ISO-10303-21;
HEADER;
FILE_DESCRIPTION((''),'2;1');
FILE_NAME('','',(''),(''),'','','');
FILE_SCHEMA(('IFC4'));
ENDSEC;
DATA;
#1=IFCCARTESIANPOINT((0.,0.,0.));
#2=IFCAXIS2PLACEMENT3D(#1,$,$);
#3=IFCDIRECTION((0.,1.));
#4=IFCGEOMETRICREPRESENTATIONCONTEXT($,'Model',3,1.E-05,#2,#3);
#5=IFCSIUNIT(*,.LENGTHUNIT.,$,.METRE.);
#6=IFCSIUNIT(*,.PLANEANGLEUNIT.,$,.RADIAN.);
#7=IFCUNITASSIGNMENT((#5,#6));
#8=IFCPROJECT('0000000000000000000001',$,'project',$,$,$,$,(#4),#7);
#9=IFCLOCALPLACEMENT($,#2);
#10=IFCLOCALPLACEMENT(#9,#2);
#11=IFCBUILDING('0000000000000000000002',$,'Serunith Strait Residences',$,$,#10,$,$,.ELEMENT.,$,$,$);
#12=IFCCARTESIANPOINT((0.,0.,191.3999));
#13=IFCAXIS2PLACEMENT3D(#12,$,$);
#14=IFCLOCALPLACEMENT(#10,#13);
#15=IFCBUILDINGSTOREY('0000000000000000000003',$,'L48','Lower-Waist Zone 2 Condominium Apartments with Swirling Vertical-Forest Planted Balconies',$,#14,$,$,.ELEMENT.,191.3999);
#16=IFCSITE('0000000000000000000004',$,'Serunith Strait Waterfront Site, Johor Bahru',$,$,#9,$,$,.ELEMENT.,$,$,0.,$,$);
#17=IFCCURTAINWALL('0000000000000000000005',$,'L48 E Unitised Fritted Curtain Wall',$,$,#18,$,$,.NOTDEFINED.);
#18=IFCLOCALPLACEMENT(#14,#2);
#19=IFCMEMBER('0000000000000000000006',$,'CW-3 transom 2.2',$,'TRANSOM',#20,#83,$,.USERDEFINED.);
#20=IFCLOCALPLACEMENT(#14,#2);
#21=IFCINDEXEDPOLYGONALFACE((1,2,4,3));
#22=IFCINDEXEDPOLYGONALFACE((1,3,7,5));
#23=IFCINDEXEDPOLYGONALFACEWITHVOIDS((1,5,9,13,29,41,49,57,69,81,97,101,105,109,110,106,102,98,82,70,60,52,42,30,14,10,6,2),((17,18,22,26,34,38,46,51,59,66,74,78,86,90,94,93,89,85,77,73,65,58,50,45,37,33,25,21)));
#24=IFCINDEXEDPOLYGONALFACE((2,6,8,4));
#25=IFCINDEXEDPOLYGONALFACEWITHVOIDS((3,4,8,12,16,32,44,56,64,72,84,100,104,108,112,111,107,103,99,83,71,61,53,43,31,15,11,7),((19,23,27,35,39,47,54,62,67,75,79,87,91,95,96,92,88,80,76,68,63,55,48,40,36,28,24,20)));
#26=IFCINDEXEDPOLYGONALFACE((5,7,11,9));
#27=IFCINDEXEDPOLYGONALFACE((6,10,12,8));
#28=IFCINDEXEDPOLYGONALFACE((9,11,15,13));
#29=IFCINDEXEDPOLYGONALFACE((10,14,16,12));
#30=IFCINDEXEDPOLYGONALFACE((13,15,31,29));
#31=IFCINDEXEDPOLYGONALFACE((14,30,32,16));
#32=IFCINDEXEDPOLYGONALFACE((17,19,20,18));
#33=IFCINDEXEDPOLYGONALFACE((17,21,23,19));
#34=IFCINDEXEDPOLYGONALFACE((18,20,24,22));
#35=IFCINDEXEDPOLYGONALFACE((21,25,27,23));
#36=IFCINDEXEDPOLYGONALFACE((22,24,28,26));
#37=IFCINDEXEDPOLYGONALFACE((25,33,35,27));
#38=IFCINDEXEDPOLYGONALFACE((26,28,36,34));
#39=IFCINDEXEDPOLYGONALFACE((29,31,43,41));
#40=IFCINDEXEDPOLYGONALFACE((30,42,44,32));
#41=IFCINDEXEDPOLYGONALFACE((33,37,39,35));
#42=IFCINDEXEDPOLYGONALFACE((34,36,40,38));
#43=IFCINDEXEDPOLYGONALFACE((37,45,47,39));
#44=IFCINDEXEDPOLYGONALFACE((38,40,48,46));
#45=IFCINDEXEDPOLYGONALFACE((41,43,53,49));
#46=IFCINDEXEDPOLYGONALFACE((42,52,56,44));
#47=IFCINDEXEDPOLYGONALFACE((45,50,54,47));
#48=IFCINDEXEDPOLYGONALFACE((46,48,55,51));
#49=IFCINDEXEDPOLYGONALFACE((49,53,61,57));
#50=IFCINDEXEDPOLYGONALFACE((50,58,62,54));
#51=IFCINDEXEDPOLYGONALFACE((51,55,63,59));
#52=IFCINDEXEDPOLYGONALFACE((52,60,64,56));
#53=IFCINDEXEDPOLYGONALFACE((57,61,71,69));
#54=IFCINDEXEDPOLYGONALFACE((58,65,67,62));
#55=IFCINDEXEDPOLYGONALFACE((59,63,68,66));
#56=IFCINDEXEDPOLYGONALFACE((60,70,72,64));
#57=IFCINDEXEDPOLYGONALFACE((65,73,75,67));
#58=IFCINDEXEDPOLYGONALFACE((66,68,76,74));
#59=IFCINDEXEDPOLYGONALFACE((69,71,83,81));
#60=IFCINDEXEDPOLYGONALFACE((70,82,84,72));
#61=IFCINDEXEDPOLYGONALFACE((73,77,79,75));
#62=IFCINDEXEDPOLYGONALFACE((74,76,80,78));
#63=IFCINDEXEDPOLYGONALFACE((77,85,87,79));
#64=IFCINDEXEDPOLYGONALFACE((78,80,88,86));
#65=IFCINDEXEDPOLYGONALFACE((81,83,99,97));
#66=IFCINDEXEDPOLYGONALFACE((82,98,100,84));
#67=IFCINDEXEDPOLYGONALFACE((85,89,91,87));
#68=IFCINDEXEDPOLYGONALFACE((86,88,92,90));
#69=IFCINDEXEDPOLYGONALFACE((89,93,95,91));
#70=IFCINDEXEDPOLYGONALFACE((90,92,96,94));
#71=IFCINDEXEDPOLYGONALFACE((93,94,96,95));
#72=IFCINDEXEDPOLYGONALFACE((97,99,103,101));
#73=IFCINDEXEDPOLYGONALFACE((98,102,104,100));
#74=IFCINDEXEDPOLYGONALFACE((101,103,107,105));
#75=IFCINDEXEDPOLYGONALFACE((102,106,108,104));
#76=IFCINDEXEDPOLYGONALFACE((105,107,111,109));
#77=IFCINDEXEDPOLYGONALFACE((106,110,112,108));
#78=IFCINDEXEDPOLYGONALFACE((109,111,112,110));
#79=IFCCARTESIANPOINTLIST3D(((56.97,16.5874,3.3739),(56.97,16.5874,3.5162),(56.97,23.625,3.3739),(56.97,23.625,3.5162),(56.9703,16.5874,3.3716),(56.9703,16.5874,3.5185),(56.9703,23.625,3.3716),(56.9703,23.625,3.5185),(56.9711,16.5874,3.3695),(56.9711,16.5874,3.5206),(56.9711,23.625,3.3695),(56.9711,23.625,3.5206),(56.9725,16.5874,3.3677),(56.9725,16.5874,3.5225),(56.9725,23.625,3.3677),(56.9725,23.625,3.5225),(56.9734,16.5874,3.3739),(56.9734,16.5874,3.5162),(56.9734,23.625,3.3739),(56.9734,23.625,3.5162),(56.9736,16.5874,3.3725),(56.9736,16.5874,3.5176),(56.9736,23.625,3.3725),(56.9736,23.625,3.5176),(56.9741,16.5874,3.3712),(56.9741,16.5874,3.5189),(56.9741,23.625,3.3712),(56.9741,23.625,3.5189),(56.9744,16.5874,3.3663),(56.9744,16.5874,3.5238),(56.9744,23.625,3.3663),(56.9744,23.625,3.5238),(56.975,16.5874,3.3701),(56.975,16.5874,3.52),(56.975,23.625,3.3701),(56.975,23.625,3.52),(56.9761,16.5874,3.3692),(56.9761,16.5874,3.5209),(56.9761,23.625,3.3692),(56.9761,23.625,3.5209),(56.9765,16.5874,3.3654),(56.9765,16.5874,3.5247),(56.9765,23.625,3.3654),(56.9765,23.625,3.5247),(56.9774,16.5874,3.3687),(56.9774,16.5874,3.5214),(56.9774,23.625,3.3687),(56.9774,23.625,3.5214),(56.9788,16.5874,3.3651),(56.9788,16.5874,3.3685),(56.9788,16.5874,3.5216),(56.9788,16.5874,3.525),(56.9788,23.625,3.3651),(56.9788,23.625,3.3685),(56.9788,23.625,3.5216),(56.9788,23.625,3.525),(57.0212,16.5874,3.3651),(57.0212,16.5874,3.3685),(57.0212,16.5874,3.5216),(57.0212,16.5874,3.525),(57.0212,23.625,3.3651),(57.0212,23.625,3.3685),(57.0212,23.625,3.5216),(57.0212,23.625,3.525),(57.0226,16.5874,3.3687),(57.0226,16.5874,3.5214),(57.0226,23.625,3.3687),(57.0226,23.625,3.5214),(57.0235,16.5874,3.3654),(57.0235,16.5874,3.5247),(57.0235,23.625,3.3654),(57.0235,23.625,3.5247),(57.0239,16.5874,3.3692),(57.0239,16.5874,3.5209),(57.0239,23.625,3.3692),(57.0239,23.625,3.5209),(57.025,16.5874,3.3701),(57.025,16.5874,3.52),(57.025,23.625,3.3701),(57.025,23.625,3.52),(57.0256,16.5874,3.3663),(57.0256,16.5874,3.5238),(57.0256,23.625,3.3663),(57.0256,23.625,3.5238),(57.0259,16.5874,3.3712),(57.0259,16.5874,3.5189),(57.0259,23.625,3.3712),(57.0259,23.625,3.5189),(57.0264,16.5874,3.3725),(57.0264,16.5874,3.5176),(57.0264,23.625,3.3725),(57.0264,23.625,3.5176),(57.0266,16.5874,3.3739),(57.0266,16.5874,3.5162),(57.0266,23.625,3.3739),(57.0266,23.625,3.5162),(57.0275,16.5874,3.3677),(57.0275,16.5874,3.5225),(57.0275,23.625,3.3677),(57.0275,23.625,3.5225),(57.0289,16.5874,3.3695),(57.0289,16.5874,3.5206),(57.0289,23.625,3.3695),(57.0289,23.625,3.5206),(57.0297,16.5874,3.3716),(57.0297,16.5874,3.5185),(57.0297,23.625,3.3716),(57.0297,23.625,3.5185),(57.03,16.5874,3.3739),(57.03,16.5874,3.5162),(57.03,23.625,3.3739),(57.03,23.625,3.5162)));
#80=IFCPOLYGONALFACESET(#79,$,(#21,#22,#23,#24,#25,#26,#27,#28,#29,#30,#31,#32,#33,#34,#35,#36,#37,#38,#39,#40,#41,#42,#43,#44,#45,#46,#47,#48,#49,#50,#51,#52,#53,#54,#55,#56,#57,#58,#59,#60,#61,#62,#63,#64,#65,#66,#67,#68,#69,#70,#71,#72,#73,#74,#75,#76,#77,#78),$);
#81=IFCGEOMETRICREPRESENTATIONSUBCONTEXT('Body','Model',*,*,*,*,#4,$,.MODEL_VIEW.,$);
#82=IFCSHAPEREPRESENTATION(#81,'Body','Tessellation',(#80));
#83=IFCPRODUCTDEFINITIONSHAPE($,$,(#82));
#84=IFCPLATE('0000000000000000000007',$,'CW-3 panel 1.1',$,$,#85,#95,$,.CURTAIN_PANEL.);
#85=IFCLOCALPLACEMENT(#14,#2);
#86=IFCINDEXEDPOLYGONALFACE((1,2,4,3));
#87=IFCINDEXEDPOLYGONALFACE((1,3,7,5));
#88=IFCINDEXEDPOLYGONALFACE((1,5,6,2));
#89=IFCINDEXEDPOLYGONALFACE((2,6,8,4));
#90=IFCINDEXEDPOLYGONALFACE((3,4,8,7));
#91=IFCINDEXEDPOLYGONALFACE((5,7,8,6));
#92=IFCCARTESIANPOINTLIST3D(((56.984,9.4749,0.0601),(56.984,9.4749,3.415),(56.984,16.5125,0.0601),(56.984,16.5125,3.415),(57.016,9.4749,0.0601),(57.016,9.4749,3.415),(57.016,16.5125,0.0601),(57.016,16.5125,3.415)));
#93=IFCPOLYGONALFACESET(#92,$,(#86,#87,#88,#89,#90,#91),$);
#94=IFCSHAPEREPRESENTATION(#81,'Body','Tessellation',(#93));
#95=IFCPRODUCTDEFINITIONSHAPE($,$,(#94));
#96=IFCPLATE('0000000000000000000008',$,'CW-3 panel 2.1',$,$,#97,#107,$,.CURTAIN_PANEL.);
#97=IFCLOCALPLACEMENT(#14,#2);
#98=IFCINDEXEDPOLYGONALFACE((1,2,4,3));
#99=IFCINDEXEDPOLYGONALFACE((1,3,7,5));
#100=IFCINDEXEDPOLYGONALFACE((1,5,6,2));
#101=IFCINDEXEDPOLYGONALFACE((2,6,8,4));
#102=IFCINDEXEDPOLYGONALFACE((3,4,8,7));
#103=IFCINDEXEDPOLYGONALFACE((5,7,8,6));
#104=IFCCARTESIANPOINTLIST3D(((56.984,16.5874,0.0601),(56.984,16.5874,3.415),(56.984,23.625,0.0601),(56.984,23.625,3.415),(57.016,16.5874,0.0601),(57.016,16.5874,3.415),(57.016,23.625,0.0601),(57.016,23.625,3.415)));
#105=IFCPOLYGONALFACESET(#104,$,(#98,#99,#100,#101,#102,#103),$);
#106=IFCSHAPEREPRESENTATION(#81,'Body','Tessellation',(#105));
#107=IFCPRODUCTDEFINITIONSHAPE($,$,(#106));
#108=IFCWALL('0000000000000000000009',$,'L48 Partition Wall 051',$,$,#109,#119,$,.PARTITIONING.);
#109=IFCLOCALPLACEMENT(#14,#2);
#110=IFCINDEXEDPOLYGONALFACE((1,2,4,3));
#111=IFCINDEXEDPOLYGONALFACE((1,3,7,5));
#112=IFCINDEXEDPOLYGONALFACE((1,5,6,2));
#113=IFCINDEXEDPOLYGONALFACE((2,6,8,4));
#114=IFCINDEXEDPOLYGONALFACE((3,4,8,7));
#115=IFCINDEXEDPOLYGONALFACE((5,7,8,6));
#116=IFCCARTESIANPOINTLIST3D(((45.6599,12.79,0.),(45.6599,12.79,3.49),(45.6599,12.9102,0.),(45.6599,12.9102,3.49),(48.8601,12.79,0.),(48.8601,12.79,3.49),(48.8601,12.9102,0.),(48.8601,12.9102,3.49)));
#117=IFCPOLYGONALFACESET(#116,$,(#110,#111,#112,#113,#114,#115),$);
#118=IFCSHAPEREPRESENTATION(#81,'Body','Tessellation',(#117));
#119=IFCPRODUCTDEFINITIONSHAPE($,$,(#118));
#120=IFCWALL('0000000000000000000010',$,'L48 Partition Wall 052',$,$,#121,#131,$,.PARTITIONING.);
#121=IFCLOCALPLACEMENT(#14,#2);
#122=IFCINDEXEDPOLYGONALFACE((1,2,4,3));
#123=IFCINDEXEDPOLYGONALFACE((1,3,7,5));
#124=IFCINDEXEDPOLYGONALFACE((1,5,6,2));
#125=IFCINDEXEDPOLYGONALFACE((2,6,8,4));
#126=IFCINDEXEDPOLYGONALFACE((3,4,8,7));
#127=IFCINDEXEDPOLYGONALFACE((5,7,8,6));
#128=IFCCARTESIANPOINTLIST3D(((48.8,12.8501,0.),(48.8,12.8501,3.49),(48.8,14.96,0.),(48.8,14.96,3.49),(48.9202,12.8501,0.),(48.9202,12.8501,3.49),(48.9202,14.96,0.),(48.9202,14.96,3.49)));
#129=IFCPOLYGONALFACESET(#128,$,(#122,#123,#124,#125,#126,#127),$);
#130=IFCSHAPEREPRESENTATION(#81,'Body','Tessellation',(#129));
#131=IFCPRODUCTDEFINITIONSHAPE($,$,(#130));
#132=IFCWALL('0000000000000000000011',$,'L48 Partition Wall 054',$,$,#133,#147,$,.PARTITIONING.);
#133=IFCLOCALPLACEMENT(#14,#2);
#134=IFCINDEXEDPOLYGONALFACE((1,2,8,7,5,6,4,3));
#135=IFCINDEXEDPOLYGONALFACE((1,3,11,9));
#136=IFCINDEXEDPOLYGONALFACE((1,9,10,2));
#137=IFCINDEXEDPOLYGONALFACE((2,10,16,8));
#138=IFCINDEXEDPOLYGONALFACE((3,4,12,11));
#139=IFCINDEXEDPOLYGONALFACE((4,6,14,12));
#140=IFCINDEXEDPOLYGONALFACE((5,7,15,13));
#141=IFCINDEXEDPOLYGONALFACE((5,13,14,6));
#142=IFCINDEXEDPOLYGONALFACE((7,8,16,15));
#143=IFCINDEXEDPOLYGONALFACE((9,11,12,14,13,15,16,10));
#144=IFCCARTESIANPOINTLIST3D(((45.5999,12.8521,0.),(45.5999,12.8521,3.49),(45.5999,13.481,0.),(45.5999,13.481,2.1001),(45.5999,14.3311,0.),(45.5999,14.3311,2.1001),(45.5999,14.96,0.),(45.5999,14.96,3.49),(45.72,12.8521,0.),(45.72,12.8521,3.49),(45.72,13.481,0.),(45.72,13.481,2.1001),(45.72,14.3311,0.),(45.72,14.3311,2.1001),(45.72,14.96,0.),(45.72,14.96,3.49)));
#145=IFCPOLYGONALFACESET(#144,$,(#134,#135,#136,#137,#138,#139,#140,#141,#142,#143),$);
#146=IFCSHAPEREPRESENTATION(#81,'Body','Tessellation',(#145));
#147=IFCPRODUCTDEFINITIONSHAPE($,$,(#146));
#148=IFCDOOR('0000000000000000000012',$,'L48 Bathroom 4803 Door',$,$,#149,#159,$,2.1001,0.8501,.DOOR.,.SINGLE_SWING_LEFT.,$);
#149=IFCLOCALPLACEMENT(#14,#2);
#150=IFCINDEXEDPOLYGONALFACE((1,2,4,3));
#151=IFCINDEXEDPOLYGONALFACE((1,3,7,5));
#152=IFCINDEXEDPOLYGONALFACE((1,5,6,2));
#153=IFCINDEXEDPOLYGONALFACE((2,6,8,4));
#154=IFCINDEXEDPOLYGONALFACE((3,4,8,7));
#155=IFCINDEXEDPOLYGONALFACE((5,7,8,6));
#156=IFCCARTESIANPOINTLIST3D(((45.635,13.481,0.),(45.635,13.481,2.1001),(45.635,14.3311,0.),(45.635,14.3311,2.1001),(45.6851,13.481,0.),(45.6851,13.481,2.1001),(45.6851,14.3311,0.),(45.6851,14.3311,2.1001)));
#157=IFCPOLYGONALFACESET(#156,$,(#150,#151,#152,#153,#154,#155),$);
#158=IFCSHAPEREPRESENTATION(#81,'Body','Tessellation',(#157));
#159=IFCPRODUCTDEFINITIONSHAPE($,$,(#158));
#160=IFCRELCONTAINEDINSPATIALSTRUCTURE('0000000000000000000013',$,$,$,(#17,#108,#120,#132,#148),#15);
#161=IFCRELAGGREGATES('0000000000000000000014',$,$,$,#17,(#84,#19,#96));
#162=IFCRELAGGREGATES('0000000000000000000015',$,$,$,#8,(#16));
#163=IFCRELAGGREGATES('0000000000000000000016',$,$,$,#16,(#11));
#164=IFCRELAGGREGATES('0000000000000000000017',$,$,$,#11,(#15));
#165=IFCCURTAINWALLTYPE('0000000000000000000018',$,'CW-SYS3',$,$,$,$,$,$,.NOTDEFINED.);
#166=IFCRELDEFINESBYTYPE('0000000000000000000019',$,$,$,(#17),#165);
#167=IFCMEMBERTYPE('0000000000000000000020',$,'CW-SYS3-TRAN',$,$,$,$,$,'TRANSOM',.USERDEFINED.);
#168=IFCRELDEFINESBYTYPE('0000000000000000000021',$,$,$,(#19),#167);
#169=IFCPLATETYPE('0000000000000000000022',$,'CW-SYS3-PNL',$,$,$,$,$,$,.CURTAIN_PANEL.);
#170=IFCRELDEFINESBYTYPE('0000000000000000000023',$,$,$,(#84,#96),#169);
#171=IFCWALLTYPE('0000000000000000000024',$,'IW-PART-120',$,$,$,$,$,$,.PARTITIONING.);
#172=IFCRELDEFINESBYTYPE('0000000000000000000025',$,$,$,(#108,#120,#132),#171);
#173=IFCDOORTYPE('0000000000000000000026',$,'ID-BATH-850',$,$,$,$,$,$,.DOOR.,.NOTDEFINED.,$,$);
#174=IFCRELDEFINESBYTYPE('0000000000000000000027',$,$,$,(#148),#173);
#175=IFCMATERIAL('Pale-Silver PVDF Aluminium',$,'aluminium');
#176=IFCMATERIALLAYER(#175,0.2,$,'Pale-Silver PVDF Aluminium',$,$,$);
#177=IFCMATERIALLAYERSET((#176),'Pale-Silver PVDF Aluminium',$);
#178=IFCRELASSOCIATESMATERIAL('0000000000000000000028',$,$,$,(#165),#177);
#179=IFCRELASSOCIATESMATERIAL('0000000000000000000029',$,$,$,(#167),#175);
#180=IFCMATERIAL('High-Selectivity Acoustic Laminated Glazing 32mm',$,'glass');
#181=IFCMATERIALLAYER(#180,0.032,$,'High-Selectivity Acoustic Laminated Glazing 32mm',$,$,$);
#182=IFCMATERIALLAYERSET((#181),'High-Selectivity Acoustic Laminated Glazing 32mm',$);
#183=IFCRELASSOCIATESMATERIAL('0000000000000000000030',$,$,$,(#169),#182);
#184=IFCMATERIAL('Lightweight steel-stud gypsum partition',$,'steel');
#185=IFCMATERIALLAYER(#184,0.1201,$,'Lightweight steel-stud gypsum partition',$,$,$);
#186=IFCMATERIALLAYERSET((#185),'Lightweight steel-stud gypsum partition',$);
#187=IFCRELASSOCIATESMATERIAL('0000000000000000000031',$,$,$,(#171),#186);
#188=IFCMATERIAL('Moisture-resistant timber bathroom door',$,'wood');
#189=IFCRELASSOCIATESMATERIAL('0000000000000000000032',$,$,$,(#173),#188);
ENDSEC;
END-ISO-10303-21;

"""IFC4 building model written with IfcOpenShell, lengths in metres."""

from ifc_helpers import new_model, si_unit, direction, frame, frame_2d, origin, origin_2d, place, context, subcontext, project, spatial, rectangle, hollow_rectangle, extrude, source, transform, mapped, material, layer, layer_set, material_profile, profile_set, type_object, element, fill, aggregate, save


model = new_model("IFC4")

# Units and contexts
model_context = context("Model", 3, precision=1e-05, world=origin(), true_north=direction((0.0, 1.0)))
body_context = subcontext(model_context, "Body", "Model", "MODEL_VIEW")
ifc_project = project(units=[si_unit("LENGTHUNIT", "METRE"), si_unit("PLANEANGLEUNIT", "RADIAN")], contexts=[model_context])

# Site, building, storey
site_placement = place(None, origin())
site = spatial("IfcSite", under=ifc_project, at=site_placement, Name="Serunith Strait Waterfront Site, Johor Bahru", CompositionType="ELEMENT", RefElevation=0.0)
building_placement = place(site_placement, origin())
building = spatial("IfcBuilding", under=site, at=building_placement, Name="Serunith Strait Residences", CompositionType="ELEMENT")
storey_placement = place(building_placement, frame((0.0, 0.0, 191.3999)))
storey = spatial("IfcBuildingStorey", under=building, at=storey_placement, Name="L48", Description="Lower-Waist Zone 2 Condominium Apartments with Swirling Vertical-Forest Planted Balconies", CompositionType="ELEMENT", Elevation=191.3999)

# Curtain wall, member, plates
ifc_material_1 = material(Name="Pale-Silver PVDF Aluminium", Category="aluminium")
ifc_layer_1 = layer(ifc_material_1, 0.2, Name="Pale-Silver PVDF Aluminium")
ifc_layer_set_1 = layer_set([ifc_layer_1], Name="Pale-Silver PVDF Aluminium")
curtain_wall_type = type_object("IfcCurtainWallType", Name="CW-SYS3", PredefinedType="NOTDEFINED", material=ifc_layer_set_1)
curtain_wall_placement = place(storey_placement, origin())
curtain_wall = element("IfcCurtainWall", 1, at=curtain_wall_placement, inside=storey, type_object=curtain_wall_type, Name="L48 E Unitised Fritted Curtain Wall", PredefinedType="NOTDEFINED")
ifc_material_profile_1 = material_profile(ifc_material_1, hollow_rectangle(XDim=0.0601, YDim=0.1599, WallThickness=0.0034, InnerFilletRadius=0.0054, OuterFilletRadius=0.0088, at=origin_2d()), Name="ALU 160x60x3.5")
ifc_profile_set_1 = profile_set([ifc_material_profile_1], Name="Pale-Silver PVDF Aluminium")
member_type_1 = type_object("IfcMemberType", Name="CW-SYS3-TRAN", ElementType="TRANSOM", PredefinedType="USERDEFINED", material=ifc_profile_set_1)
shared_shape_1 = source(origin(), body_context, "Body", "SweptSolid", [
    extrude(hollow_rectangle(XDim=0.0601, YDim=0.1599, WallThickness=0.0034, InnerFilletRadius=0.0054, OuterFilletRadius=0.0088, at=origin_2d()), origin(), (0.0, 0.0, 1.0), 7.0376),
])
member_1_placement = place(storey_placement, frame((57.0, 16.5874, 3.4451), z_axis=(0.0, 1.0, 0.0), x_axis=(-1.0, 0.0, 0.0)))
member_1 = element("IfcMember", 2, at=member_1_placement, type_object=member_type_1, Name="CW-3 transom 2.2", ObjectType="TRANSOM", PredefinedType="USERDEFINED", context=body_context, shape_type="MappedRepresentation", body=[
    mapped(shared_shape_1, transform((0.0, 0.0, 0.0), scale=1.0)),
])
ifc_material_2 = material(Name="High-Selectivity Acoustic Laminated Glazing 32mm", Category="glass")
ifc_layer_2 = layer(ifc_material_2, 0.032, Name="High-Selectivity Acoustic Laminated Glazing 32mm")
ifc_layer_set_2 = layer_set([ifc_layer_2], Name="High-Selectivity Acoustic Laminated Glazing 32mm")
plate_type = type_object("IfcPlateType", Name="CW-SYS3-PNL", PredefinedType="CURTAIN_PANEL", material=ifc_layer_set_2)
shared_shape_2 = source(origin(), body_context, "Body", "SweptSolid", [
    extrude(rectangle(XDim=7.0376, YDim=0.032, at=origin_2d()), origin(), (0.0, 0.0, 1.0), 3.355),
])
plate_1_placement = place(storey_placement, frame((57.0, 12.9937, 0.0601), z_axis=(0.0, 0.0, 1.0), x_axis=(0.0, 1.0, 0.0)))
plate_1 = element("IfcPlate", 3, at=plate_1_placement, type_object=plate_type, Name="CW-3 panel 1.1", PredefinedType="CURTAIN_PANEL", context=body_context, shape_type="MappedRepresentation", body=[
    mapped(shared_shape_2, transform((0.0, 0.0, 0.0), scale=1.0)),
])
plate_2_placement = place(storey_placement, frame((57.0, 20.1062, 0.0601), z_axis=(0.0, 0.0, 1.0), x_axis=(0.0, 1.0, 0.0)))
plate_2 = element("IfcPlate", 4, at=plate_2_placement, type_object=plate_type, Name="CW-3 panel 2.1", PredefinedType="CURTAIN_PANEL", context=body_context, shape_type="MappedRepresentation", body=[
    mapped(shared_shape_2, transform((0.0, 0.0, 0.0), scale=1.0)),
])
aggregate(curtain_wall, [plate_1, member_1, plate_2])

# Walls
ifc_material_3 = material(Name="Lightweight steel-stud gypsum partition", Category="steel")
ifc_layer_3 = layer(ifc_material_3, 0.1201, Name="Lightweight steel-stud gypsum partition")
ifc_layer_set_3 = layer_set([ifc_layer_3], Name="Lightweight steel-stud gypsum partition")
wall_type = type_object("IfcWallType", Name="IW-PART-120", PredefinedType="PARTITIONING", material=ifc_layer_set_3)
wall_1_placement = place(storey_placement, frame((45.6599, 12.8501, 0.0), z_axis=(0.0, 0.0, 1.0), x_axis=(1.0, 0.0, 0.0)))
element("IfcWall", 5, at=wall_1_placement, inside=storey, type_object=wall_type, Name="L48 Partition Wall 051", PredefinedType="PARTITIONING", context=body_context, shape_type="SweptSolid", body=[
    extrude(rectangle(XDim=3.2002, YDim=0.1201, at=frame_2d((1.6001, 0.0))), origin(), (0.0, 0.0, 1.0), 3.49),
])
wall_2_placement = place(storey_placement, frame((48.8601, 12.8501, 0.0), z_axis=(0.0, 0.0, 1.0), x_axis=(0.0, 1.0, 0.0)))
element("IfcWall", 6, at=wall_2_placement, inside=storey, type_object=wall_type, Name="L48 Partition Wall 052", PredefinedType="PARTITIONING", context=body_context, shape_type="SweptSolid", body=[
    extrude(rectangle(XDim=2.1099, YDim=0.1201, at=frame_2d((1.0549, 0.0))), origin(), (0.0, 0.0, 1.0), 3.49),
])

# Wall, opening, door
wall_3_placement = place(storey_placement, frame((45.6599, 12.8521, 0.0), z_axis=(0.0, 0.0, 1.0), x_axis=(0.0, 1.0, 0.0)))
wall_3 = element("IfcWall", 7, at=wall_3_placement, inside=storey, type_object=wall_type, Name="L48 Partition Wall 054", PredefinedType="PARTITIONING", context=body_context, shape_type="SweptSolid", body=[
    extrude(rectangle(XDim=2.1079, YDim=0.1201, at=frame_2d((1.054, 0.0))), origin(), (0.0, 0.0, 1.0), 3.49),
])
opening_1_placement = place(wall_3_placement, frame((0.6289, 0.0, 0.0)))
opening_1 = element("IfcOpeningElement", 8, at=opening_1_placement, cuts=wall_3, PredefinedType="OPENING", context=body_context, shape_type="SweptSolid", body=[
    extrude(rectangle(XDim=0.8501, YDim=2.1001, at=frame_2d((0.425, 1.05))), frame((0.0, 0.0701, 0.0), z_axis=(0.0, -1.0, 0.0), x_axis=(1.0, 0.0, 0.0)), (0.0, 0.0, 1.0), 0.1401),
])
ifc_material_4 = material(Name="Moisture-resistant timber bathroom door", Category="wood")
door_type_1 = type_object("IfcDoorType", Name="ID-BATH-850", OperationType="NOTDEFINED", PredefinedType="DOOR", material=ifc_material_4)
shared_shape_3 = source(origin(), body_context, "Body", "SweptSolid", [
    extrude(rectangle(XDim=0.8501, YDim=2.1001, at=frame_2d((0.425, 1.05))), frame((0.0, 0.0249, 0.0), z_axis=(0.0, -1.0, 0.0), x_axis=(1.0, 0.0, 0.0)), (0.0, 0.0, 1.0), 0.05),
])
door_1_placement = place(opening_1_placement, origin())
door_1 = element("IfcDoor", 9, at=door_1_placement, inside=storey, type_object=door_type_1, Name="L48 Bathroom 4803 Door", OperationType="SINGLE_SWING_LEFT", OverallHeight=2.1001, OverallWidth=0.8501, PredefinedType="DOOR", context=body_context, shape_type="MappedRepresentation", body=[
    mapped(shared_shape_3, transform((0.0, 0.0, 0.0), scale=1.0)),
])
fill(opening_1, door_1)

save(model, "model.ifc")
